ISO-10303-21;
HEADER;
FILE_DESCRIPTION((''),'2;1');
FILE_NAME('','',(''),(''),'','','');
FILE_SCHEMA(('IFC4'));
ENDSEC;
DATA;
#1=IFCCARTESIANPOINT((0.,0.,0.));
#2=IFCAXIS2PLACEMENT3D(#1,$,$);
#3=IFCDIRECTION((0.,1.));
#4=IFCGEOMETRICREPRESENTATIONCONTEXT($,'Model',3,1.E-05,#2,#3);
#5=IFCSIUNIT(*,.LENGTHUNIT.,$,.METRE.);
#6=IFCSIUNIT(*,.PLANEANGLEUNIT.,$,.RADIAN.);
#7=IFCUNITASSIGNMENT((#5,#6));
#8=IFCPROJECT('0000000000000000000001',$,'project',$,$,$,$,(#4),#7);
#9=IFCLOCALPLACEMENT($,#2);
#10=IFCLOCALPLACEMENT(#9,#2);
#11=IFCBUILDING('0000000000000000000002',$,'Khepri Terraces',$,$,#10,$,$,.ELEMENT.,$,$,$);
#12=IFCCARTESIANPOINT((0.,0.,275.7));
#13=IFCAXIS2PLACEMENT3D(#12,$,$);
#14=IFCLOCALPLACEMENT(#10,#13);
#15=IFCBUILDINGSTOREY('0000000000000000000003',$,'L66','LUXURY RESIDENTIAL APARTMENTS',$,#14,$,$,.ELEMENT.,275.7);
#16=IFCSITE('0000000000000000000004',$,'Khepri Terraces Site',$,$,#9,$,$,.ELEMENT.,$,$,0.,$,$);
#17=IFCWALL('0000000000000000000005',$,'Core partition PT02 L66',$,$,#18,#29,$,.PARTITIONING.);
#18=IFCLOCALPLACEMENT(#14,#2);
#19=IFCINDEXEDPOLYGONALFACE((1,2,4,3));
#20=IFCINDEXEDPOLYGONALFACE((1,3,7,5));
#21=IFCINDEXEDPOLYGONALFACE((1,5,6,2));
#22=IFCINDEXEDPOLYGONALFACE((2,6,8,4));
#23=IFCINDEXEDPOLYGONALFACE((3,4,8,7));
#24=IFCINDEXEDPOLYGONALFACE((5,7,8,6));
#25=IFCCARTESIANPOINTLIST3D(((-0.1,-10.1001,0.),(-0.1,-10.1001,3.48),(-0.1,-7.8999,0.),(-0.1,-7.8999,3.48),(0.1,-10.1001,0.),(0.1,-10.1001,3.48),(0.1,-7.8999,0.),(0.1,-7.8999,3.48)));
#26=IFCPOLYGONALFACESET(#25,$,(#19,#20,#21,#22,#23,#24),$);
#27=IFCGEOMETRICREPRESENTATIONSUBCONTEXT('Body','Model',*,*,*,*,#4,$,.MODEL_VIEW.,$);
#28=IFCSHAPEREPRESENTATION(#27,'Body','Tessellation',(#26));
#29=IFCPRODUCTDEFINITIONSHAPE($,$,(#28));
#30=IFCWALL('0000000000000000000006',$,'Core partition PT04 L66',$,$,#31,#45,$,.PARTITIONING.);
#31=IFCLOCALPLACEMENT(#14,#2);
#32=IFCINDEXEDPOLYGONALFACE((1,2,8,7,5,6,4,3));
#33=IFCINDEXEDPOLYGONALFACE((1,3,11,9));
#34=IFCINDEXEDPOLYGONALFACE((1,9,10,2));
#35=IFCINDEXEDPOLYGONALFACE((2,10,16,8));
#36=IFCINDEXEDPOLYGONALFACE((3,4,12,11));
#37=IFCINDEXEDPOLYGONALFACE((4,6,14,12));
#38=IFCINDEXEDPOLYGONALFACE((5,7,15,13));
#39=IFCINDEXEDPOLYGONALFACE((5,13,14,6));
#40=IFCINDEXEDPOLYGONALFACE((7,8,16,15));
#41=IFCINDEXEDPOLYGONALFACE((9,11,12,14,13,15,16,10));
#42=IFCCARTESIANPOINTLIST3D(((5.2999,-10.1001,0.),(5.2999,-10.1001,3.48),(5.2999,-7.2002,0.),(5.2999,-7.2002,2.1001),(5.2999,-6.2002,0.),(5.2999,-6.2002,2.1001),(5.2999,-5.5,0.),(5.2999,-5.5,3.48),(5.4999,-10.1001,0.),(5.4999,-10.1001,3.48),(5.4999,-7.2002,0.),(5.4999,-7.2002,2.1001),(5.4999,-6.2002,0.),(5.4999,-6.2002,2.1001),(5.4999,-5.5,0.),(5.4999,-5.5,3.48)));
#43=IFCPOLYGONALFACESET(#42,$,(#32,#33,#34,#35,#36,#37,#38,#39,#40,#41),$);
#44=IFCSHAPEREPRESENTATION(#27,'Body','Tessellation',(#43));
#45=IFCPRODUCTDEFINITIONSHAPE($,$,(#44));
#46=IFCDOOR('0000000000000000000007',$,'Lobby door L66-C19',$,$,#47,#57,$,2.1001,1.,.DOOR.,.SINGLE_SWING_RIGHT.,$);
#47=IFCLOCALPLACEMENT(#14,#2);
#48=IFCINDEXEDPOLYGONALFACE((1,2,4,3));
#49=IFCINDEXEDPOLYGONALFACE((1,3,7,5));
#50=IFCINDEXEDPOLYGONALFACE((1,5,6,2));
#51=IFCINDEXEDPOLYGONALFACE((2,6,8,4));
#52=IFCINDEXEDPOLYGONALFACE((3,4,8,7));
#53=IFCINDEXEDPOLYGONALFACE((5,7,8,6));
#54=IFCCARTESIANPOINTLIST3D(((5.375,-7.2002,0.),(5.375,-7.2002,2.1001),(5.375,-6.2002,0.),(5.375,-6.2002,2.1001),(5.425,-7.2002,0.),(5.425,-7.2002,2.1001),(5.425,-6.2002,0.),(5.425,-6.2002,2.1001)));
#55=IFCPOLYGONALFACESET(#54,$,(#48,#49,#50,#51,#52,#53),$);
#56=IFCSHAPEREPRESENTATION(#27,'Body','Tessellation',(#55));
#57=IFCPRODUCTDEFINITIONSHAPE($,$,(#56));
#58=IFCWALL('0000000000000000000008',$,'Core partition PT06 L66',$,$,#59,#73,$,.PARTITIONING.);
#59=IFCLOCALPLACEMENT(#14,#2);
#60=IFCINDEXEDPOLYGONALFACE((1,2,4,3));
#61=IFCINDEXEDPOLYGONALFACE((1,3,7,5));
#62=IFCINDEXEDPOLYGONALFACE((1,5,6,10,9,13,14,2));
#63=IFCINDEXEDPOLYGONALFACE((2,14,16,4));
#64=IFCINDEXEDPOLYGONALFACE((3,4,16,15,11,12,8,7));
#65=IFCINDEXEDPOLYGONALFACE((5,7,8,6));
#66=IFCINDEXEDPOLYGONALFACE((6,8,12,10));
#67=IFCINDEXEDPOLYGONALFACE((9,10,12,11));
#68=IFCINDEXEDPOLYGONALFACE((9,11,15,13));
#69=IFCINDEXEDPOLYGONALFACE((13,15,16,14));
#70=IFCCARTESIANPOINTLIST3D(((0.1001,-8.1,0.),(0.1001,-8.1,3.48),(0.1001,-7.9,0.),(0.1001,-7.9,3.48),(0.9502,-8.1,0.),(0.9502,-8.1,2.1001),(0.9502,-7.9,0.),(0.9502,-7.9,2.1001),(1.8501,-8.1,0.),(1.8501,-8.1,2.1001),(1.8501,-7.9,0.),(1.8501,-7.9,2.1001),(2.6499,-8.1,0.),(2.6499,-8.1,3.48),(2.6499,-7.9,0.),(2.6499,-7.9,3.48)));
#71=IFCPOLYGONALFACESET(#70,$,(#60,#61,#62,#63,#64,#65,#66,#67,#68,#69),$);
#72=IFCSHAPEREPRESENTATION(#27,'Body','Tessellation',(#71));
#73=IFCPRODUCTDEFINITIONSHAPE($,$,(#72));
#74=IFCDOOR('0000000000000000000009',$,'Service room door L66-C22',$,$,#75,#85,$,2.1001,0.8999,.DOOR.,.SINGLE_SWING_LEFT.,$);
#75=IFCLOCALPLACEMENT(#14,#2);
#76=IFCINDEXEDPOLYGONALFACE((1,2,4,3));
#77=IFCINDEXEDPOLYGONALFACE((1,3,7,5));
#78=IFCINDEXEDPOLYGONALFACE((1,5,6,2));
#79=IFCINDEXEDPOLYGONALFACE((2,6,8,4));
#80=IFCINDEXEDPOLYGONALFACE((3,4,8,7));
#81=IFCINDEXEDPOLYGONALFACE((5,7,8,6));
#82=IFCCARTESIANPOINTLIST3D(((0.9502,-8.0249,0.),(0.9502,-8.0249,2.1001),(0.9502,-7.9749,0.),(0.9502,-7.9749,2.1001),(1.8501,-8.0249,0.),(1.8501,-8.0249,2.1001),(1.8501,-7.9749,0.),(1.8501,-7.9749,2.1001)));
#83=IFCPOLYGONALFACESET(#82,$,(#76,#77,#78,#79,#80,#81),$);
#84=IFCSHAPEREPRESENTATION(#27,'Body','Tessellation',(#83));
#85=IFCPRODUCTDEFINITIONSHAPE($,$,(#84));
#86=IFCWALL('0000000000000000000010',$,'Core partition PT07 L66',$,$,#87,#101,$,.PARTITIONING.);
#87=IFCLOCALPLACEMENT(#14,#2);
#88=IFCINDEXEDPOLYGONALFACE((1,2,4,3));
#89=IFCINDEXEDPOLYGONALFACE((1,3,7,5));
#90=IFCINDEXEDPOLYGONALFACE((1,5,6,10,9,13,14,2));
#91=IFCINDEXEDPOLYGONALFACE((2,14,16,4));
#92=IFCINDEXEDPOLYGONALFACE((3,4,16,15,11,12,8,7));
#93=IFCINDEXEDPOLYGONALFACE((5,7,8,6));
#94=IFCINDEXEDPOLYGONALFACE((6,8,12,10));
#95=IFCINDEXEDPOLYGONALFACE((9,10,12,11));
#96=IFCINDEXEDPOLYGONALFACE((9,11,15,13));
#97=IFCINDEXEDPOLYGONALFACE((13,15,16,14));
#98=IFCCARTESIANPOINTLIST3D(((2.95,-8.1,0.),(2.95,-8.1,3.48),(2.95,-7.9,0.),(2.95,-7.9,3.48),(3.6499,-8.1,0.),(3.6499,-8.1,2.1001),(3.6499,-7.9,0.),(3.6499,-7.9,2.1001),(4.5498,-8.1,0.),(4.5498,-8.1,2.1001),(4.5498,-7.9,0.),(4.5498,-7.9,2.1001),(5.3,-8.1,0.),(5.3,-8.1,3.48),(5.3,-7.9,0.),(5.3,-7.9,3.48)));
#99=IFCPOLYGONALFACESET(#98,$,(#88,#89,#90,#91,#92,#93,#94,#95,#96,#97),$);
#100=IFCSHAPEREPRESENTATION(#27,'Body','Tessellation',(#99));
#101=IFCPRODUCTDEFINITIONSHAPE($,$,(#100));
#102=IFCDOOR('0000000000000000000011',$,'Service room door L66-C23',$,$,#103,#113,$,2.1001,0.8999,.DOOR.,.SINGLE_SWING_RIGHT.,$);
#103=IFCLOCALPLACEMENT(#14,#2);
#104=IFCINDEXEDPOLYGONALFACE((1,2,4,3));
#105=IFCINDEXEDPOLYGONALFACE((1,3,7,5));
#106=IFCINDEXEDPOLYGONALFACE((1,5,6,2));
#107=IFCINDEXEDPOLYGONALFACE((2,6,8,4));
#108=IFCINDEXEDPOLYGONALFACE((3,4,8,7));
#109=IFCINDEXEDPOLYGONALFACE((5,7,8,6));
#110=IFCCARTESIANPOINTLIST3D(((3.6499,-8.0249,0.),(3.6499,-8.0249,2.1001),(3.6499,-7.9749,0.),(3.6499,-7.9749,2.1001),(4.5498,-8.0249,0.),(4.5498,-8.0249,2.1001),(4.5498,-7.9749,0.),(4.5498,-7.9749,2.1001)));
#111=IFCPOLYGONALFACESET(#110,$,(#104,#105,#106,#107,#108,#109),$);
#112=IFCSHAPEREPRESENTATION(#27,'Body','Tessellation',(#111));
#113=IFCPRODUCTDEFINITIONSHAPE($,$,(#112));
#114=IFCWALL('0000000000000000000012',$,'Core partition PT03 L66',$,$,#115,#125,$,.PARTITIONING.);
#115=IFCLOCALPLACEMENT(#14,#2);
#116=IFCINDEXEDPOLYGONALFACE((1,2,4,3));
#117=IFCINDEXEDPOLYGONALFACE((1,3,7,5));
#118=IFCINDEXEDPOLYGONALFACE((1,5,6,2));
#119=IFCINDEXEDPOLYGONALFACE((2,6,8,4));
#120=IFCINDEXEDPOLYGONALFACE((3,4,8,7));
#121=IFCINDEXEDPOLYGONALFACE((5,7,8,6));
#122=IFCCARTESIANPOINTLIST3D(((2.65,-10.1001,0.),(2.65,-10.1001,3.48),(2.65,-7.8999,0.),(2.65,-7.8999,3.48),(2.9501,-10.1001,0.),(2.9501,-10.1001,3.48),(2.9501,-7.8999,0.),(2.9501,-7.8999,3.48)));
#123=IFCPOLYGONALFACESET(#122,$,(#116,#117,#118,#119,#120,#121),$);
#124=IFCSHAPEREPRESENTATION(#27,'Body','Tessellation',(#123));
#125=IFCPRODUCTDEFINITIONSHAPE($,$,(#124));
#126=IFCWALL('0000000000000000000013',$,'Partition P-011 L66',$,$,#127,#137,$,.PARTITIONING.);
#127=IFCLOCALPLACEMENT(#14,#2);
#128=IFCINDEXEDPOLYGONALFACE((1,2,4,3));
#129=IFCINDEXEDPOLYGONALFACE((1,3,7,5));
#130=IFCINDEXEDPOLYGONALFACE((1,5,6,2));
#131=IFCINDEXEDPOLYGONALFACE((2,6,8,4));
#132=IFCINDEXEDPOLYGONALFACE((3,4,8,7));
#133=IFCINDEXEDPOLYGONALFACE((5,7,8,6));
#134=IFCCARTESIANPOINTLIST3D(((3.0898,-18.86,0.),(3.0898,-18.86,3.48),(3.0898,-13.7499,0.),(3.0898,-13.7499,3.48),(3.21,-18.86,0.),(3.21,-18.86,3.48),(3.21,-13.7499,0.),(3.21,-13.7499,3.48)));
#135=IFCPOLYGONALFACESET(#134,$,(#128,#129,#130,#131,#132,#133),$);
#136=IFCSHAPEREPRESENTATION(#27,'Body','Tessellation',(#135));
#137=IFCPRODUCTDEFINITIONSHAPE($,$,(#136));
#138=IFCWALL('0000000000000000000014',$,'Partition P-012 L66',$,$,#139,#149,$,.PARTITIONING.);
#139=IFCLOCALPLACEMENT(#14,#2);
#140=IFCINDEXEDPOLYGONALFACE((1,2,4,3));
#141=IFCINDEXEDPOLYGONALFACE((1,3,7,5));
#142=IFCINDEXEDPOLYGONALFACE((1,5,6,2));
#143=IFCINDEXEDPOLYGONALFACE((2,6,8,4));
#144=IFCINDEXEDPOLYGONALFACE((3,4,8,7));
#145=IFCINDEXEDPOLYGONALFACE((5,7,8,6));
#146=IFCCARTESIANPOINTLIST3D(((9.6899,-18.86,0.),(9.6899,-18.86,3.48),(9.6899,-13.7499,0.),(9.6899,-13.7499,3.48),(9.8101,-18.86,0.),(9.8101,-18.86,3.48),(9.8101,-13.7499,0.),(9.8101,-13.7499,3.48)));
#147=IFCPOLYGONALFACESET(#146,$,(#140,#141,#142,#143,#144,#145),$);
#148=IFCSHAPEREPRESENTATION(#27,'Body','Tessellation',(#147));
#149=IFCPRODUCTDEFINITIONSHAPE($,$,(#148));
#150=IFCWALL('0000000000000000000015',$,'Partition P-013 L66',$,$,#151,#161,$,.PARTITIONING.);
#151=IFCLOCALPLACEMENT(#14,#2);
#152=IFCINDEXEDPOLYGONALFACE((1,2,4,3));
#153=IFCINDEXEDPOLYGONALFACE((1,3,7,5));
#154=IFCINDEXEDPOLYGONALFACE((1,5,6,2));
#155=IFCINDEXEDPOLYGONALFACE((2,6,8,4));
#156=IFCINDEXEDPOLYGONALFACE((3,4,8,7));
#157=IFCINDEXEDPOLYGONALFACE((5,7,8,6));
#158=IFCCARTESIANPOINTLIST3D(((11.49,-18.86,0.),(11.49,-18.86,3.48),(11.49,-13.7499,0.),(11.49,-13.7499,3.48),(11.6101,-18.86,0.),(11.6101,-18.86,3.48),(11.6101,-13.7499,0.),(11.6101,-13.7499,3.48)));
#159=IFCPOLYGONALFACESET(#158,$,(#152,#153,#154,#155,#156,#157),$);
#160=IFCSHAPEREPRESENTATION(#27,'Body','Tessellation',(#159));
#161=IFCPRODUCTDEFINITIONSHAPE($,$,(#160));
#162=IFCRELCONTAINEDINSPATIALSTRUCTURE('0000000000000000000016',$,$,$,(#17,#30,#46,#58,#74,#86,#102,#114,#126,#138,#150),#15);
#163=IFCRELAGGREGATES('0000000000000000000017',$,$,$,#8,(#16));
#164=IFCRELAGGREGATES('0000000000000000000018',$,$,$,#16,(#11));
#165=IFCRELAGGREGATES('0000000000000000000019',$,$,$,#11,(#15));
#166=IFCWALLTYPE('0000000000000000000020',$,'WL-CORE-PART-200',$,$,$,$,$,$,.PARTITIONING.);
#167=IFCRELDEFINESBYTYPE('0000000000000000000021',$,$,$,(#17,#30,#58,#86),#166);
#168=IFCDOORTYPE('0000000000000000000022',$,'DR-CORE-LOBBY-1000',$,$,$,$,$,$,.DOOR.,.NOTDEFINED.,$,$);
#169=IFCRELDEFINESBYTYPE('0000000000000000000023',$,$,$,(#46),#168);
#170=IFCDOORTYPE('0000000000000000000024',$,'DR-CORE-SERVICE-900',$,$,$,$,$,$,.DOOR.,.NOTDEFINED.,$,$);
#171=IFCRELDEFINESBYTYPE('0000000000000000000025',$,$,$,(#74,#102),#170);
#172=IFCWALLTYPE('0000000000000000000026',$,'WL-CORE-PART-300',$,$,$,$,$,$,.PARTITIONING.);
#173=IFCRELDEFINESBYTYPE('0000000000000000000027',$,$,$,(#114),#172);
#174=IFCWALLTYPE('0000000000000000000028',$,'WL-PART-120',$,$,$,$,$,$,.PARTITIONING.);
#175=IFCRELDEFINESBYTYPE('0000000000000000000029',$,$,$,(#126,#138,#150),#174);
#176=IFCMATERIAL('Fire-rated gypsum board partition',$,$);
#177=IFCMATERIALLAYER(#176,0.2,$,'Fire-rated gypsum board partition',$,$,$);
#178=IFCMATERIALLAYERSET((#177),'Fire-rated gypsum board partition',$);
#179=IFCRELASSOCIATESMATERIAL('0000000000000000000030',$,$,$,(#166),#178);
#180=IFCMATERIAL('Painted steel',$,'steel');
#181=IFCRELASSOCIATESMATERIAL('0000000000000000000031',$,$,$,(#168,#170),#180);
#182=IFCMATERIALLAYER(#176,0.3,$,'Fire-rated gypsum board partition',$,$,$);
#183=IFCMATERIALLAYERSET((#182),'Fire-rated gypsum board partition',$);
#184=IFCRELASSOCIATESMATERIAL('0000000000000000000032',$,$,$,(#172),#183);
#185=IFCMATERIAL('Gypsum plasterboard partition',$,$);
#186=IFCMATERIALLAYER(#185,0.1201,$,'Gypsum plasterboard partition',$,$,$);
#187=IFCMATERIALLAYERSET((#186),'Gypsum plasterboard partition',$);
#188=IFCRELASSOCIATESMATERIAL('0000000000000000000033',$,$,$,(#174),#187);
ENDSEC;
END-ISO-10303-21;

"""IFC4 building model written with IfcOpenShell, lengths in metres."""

from ifc_helpers import new_model, si_unit, direction, frame, frame_2d, origin, place, context, subcontext, project, spatial, rectangle, extrude, material, layer, layer_set, type_object, element, fill, save


model = new_model("IFC4")

# Units and contexts
model_context = context("Model", 3, precision=1e-05, world=origin(), true_north=direction((0.0, 1.0)))
body_context = subcontext(model_context, "Body", "Model", "MODEL_VIEW")
ifc_project = project(units=[si_unit("LENGTHUNIT", "METRE"), si_unit("PLANEANGLEUNIT", "RADIAN")], contexts=[model_context])

# Site, building, storey
site_placement = place(None, origin())
site = spatial("IfcSite", under=ifc_project, at=site_placement, Name="Khepri Terraces Site", CompositionType="ELEMENT", RefElevation=0.0)
building_placement = place(site_placement, origin())
building = spatial("IfcBuilding", under=site, at=building_placement, Name="Khepri Terraces", CompositionType="ELEMENT")
storey_placement = place(building_placement, frame((0.0, 0.0, 275.7)))
storey = spatial("IfcBuildingStorey", under=building, at=storey_placement, Name="L66", Description="LUXURY RESIDENTIAL APARTMENTS", CompositionType="ELEMENT", Elevation=275.7)

# Wall
ifc_material_1 = material(Name="Fire-rated gypsum board partition")
ifc_layer_1 = layer(ifc_material_1, 0.2, Name="Fire-rated gypsum board partition")
ifc_layer_set_1 = layer_set([ifc_layer_1], Name="Fire-rated gypsum board partition")
wall_type_1 = type_object("IfcWallType", Name="WL-CORE-PART-200", PredefinedType="PARTITIONING", material=ifc_layer_set_1)
wall_1_placement = place(storey_placement, frame((0.0, -10.1001, 0.0), z_axis=(0.0, 0.0, 1.0), x_axis=(0.0, 1.0, 0.0)))
element("IfcWall", 1, at=wall_1_placement, inside=storey, type_object=wall_type_1, Name="Core partition PT02 L66", PredefinedType="PARTITIONING", context=body_context, shape_type="SweptSolid", body=[
    extrude(rectangle(XDim=2.2002, YDim=0.2, at=frame_2d((1.1001, 0.0))), origin(), (0.0, 0.0, 1.0), 3.48),
])

# Walls, openings, doors
wall_2_placement = place(storey_placement, frame((5.3999, -10.1001, 0.0), z_axis=(0.0, 0.0, 1.0), x_axis=(0.0, 1.0, 0.0)))
wall_2 = element("IfcWall", 2, at=wall_2_placement, inside=storey, type_object=wall_type_1, Name="Core partition PT04 L66", PredefinedType="PARTITIONING", context=body_context, shape_type="SweptSolid", body=[
    extrude(rectangle(XDim=4.6001, YDim=0.2, at=frame_2d((2.3, 0.0))), origin(), (0.0, 0.0, 1.0), 3.48),
])
opening_1_placement = place(wall_2_placement, frame((2.8999, 0.0, 0.0)))
opening_1 = element("IfcOpeningElement", 3, at=opening_1_placement, cuts=wall_2, PredefinedType="OPENING", context=body_context, shape_type="SweptSolid", body=[
    extrude(rectangle(XDim=1.0, YDim=2.1001, at=frame_2d((0.5, 1.05))), frame((0.0, 0.1099, 0.0), z_axis=(0.0, -1.0, 0.0), x_axis=(1.0, 0.0, 0.0)), (0.0, 0.0, 1.0), 0.22),
])
ifc_material_2 = material(Name="Painted steel", Category="steel")
door_type_1 = type_object("IfcDoorType", Name="DR-CORE-LOBBY-1000", OperationType="NOTDEFINED", PredefinedType="DOOR", material=ifc_material_2)
door_1_placement = place(opening_1_placement, origin())
door_1 = element("IfcDoor", 4, at=door_1_placement, inside=storey, type_object=door_type_1, Name="Lobby door L66-C19", OperationType="SINGLE_SWING_RIGHT", OverallHeight=2.1001, OverallWidth=1.0, PredefinedType="DOOR", context=body_context, shape_type="SweptSolid", body=[
    extrude(rectangle(XDim=1.0, YDim=2.1001, at=frame_2d((0.5, 1.05))), frame((0.0, 0.0249, 0.0), z_axis=(0.0, -1.0, 0.0), x_axis=(1.0, 0.0, 0.0)), (0.0, 0.0, 1.0), 0.05),
])
fill(opening_1, door_1)
wall_3_placement = place(storey_placement, frame((0.1001, -8.0, 0.0), z_axis=(0.0, 0.0, 1.0), x_axis=(1.0, 0.0, 0.0)))
wall_3 = element("IfcWall", 5, at=wall_3_placement, inside=storey, type_object=wall_type_1, Name="Core partition PT06 L66", PredefinedType="PARTITIONING", context=body_context, shape_type="SweptSolid", body=[
    extrude(rectangle(XDim=2.5498, YDim=0.2, at=frame_2d((1.2749, 0.0))), origin(), (0.0, 0.0, 1.0), 3.48),
])
opening_2_placement = place(wall_3_placement, frame((0.8501, 0.0, 0.0)))
opening_2 = element("IfcOpeningElement", 6, at=opening_2_placement, cuts=wall_3, PredefinedType="OPENING", context=body_context, shape_type="SweptSolid", body=[
    extrude(rectangle(XDim=0.8999, YDim=2.1001, at=frame_2d((0.45, 1.05))), frame((0.0, 0.1099, 0.0), z_axis=(0.0, -1.0, 0.0), x_axis=(1.0, 0.0, 0.0)), (0.0, 0.0, 1.0), 0.22),
])
door_type_2 = type_object("IfcDoorType", Name="DR-CORE-SERVICE-900", OperationType="NOTDEFINED", PredefinedType="DOOR", material=ifc_material_2)
door_2_placement = place(opening_2_placement, frame((0.8999, 0.0, 0.0), z_axis=(0.0, 0.0, 1.0), x_axis=(-1.0, 0.0, 0.0)))
door_2 = element("IfcDoor", 7, at=door_2_placement, inside=storey, type_object=door_type_2, Name="Service room door L66-C22", OperationType="SINGLE_SWING_LEFT", OverallHeight=2.1001, OverallWidth=0.8999, PredefinedType="DOOR", context=body_context, shape_type="SweptSolid", body=[
    extrude(rectangle(XDim=0.8999, YDim=2.1001, at=frame_2d((0.45, 1.05))), frame((0.0, 0.0249, 0.0), z_axis=(0.0, -1.0, 0.0), x_axis=(1.0, 0.0, 0.0)), (0.0, 0.0, 1.0), 0.05),
])
fill(opening_2, door_2)
wall_4_placement = place(storey_placement, frame((2.95, -8.0, 0.0), z_axis=(0.0, 0.0, 1.0), x_axis=(1.0, 0.0, 0.0)))
wall_4 = element("IfcWall", 8, at=wall_4_placement, inside=storey, type_object=wall_type_1, Name="Core partition PT07 L66", PredefinedType="PARTITIONING", context=body_context, shape_type="SweptSolid", body=[
    extrude(rectangle(XDim=2.3501, YDim=0.2, at=frame_2d((1.175, 0.0))), origin(), (0.0, 0.0, 1.0), 3.48),
])
opening_3_placement = place(wall_4_placement, frame((0.7, 0.0, 0.0)))
opening_3 = element("IfcOpeningElement", 9, at=opening_3_placement, cuts=wall_4, PredefinedType="OPENING", context=body_context, shape_type="SweptSolid", body=[
    extrude(rectangle(XDim=0.8999, YDim=2.1001, at=frame_2d((0.45, 1.05))), frame((0.0, 0.1099, 0.0), z_axis=(0.0, -1.0, 0.0), x_axis=(1.0, 0.0, 0.0)), (0.0, 0.0, 1.0), 0.22),
])
door_3_placement = place(opening_3_placement, frame((0.8999, 0.0, 0.0), z_axis=(0.0, 0.0, 1.0), x_axis=(-1.0, 0.0, 0.0)))
door_3 = element("IfcDoor", 10, at=door_3_placement, inside=storey, type_object=door_type_2, Name="Service room door L66-C23", OperationType="SINGLE_SWING_RIGHT", OverallHeight=2.1001, OverallWidth=0.8999, PredefinedType="DOOR", context=body_context, shape_type="SweptSolid", body=[
    extrude(rectangle(XDim=0.8999, YDim=2.1001, at=frame_2d((0.45, 1.05))), frame((0.0, 0.0249, 0.0), z_axis=(0.0, -1.0, 0.0), x_axis=(1.0, 0.0, 0.0)), (0.0, 0.0, 1.0), 0.05),
])
fill(opening_3, door_3)

# Wall
ifc_layer_2 = layer(ifc_material_1, 0.3, Name="Fire-rated gypsum board partition")
ifc_layer_set_2 = layer_set([ifc_layer_2], Name="Fire-rated gypsum board partition")
wall_type_2 = type_object("IfcWallType", Name="WL-CORE-PART-300", PredefinedType="PARTITIONING", material=ifc_layer_set_2)
wall_5_placement = place(storey_placement, frame((2.8, -10.1001, 0.0), z_axis=(0.0, 0.0, 1.0), x_axis=(0.0, 1.0, 0.0)))
element("IfcWall", 11, at=wall_5_placement, inside=storey, type_object=wall_type_2, Name="Core partition PT03 L66", PredefinedType="PARTITIONING", context=body_context, shape_type="SweptSolid", body=[
    extrude(rectangle(XDim=2.2002, YDim=0.3, at=frame_2d((1.1001, 0.0))), origin(), (0.0, 0.0, 1.0), 3.48),
])

# Walls
ifc_material_3 = material(Name="Gypsum plasterboard partition")
ifc_layer_3 = layer(ifc_material_3, 0.1201, Name="Gypsum plasterboard partition")
ifc_layer_set_3 = layer_set([ifc_layer_3], Name="Gypsum plasterboard partition")
wall_type_3 = type_object("IfcWallType", Name="WL-PART-120", PredefinedType="PARTITIONING", material=ifc_layer_set_3)
for number, where, z_axis, x_axis, name in (
    (12, (3.1499, -18.8601, 0.0), (0.0, 0.0, 1.0), (0.0, 1.0, 0.0), "Partition P-011 L66"),
    (13, (9.75, -18.8601, 0.0), (0.0, 0.0, 1.0), (0.0, 1.0, 0.0), "Partition P-012 L66"),
    (14, (11.55, -18.8601, 0.0), (0.0, 0.0, 1.0), (0.0, 1.0, 0.0), "Partition P-013 L66"),
):
    element("IfcWall", number, at=place(storey_placement, frame(where, z_axis=z_axis, x_axis=x_axis)), inside=storey, type_object=wall_type_3, Name=name, PredefinedType="PARTITIONING", context=body_context, shape_type="SweptSolid", body=[
        extrude(rectangle(XDim=5.1101, YDim=0.1201, at=frame_2d((2.5552, 0.0))), origin(), (0.0, 0.0, 1.0), 3.48),
    ])

save(model, "model.ifc")
